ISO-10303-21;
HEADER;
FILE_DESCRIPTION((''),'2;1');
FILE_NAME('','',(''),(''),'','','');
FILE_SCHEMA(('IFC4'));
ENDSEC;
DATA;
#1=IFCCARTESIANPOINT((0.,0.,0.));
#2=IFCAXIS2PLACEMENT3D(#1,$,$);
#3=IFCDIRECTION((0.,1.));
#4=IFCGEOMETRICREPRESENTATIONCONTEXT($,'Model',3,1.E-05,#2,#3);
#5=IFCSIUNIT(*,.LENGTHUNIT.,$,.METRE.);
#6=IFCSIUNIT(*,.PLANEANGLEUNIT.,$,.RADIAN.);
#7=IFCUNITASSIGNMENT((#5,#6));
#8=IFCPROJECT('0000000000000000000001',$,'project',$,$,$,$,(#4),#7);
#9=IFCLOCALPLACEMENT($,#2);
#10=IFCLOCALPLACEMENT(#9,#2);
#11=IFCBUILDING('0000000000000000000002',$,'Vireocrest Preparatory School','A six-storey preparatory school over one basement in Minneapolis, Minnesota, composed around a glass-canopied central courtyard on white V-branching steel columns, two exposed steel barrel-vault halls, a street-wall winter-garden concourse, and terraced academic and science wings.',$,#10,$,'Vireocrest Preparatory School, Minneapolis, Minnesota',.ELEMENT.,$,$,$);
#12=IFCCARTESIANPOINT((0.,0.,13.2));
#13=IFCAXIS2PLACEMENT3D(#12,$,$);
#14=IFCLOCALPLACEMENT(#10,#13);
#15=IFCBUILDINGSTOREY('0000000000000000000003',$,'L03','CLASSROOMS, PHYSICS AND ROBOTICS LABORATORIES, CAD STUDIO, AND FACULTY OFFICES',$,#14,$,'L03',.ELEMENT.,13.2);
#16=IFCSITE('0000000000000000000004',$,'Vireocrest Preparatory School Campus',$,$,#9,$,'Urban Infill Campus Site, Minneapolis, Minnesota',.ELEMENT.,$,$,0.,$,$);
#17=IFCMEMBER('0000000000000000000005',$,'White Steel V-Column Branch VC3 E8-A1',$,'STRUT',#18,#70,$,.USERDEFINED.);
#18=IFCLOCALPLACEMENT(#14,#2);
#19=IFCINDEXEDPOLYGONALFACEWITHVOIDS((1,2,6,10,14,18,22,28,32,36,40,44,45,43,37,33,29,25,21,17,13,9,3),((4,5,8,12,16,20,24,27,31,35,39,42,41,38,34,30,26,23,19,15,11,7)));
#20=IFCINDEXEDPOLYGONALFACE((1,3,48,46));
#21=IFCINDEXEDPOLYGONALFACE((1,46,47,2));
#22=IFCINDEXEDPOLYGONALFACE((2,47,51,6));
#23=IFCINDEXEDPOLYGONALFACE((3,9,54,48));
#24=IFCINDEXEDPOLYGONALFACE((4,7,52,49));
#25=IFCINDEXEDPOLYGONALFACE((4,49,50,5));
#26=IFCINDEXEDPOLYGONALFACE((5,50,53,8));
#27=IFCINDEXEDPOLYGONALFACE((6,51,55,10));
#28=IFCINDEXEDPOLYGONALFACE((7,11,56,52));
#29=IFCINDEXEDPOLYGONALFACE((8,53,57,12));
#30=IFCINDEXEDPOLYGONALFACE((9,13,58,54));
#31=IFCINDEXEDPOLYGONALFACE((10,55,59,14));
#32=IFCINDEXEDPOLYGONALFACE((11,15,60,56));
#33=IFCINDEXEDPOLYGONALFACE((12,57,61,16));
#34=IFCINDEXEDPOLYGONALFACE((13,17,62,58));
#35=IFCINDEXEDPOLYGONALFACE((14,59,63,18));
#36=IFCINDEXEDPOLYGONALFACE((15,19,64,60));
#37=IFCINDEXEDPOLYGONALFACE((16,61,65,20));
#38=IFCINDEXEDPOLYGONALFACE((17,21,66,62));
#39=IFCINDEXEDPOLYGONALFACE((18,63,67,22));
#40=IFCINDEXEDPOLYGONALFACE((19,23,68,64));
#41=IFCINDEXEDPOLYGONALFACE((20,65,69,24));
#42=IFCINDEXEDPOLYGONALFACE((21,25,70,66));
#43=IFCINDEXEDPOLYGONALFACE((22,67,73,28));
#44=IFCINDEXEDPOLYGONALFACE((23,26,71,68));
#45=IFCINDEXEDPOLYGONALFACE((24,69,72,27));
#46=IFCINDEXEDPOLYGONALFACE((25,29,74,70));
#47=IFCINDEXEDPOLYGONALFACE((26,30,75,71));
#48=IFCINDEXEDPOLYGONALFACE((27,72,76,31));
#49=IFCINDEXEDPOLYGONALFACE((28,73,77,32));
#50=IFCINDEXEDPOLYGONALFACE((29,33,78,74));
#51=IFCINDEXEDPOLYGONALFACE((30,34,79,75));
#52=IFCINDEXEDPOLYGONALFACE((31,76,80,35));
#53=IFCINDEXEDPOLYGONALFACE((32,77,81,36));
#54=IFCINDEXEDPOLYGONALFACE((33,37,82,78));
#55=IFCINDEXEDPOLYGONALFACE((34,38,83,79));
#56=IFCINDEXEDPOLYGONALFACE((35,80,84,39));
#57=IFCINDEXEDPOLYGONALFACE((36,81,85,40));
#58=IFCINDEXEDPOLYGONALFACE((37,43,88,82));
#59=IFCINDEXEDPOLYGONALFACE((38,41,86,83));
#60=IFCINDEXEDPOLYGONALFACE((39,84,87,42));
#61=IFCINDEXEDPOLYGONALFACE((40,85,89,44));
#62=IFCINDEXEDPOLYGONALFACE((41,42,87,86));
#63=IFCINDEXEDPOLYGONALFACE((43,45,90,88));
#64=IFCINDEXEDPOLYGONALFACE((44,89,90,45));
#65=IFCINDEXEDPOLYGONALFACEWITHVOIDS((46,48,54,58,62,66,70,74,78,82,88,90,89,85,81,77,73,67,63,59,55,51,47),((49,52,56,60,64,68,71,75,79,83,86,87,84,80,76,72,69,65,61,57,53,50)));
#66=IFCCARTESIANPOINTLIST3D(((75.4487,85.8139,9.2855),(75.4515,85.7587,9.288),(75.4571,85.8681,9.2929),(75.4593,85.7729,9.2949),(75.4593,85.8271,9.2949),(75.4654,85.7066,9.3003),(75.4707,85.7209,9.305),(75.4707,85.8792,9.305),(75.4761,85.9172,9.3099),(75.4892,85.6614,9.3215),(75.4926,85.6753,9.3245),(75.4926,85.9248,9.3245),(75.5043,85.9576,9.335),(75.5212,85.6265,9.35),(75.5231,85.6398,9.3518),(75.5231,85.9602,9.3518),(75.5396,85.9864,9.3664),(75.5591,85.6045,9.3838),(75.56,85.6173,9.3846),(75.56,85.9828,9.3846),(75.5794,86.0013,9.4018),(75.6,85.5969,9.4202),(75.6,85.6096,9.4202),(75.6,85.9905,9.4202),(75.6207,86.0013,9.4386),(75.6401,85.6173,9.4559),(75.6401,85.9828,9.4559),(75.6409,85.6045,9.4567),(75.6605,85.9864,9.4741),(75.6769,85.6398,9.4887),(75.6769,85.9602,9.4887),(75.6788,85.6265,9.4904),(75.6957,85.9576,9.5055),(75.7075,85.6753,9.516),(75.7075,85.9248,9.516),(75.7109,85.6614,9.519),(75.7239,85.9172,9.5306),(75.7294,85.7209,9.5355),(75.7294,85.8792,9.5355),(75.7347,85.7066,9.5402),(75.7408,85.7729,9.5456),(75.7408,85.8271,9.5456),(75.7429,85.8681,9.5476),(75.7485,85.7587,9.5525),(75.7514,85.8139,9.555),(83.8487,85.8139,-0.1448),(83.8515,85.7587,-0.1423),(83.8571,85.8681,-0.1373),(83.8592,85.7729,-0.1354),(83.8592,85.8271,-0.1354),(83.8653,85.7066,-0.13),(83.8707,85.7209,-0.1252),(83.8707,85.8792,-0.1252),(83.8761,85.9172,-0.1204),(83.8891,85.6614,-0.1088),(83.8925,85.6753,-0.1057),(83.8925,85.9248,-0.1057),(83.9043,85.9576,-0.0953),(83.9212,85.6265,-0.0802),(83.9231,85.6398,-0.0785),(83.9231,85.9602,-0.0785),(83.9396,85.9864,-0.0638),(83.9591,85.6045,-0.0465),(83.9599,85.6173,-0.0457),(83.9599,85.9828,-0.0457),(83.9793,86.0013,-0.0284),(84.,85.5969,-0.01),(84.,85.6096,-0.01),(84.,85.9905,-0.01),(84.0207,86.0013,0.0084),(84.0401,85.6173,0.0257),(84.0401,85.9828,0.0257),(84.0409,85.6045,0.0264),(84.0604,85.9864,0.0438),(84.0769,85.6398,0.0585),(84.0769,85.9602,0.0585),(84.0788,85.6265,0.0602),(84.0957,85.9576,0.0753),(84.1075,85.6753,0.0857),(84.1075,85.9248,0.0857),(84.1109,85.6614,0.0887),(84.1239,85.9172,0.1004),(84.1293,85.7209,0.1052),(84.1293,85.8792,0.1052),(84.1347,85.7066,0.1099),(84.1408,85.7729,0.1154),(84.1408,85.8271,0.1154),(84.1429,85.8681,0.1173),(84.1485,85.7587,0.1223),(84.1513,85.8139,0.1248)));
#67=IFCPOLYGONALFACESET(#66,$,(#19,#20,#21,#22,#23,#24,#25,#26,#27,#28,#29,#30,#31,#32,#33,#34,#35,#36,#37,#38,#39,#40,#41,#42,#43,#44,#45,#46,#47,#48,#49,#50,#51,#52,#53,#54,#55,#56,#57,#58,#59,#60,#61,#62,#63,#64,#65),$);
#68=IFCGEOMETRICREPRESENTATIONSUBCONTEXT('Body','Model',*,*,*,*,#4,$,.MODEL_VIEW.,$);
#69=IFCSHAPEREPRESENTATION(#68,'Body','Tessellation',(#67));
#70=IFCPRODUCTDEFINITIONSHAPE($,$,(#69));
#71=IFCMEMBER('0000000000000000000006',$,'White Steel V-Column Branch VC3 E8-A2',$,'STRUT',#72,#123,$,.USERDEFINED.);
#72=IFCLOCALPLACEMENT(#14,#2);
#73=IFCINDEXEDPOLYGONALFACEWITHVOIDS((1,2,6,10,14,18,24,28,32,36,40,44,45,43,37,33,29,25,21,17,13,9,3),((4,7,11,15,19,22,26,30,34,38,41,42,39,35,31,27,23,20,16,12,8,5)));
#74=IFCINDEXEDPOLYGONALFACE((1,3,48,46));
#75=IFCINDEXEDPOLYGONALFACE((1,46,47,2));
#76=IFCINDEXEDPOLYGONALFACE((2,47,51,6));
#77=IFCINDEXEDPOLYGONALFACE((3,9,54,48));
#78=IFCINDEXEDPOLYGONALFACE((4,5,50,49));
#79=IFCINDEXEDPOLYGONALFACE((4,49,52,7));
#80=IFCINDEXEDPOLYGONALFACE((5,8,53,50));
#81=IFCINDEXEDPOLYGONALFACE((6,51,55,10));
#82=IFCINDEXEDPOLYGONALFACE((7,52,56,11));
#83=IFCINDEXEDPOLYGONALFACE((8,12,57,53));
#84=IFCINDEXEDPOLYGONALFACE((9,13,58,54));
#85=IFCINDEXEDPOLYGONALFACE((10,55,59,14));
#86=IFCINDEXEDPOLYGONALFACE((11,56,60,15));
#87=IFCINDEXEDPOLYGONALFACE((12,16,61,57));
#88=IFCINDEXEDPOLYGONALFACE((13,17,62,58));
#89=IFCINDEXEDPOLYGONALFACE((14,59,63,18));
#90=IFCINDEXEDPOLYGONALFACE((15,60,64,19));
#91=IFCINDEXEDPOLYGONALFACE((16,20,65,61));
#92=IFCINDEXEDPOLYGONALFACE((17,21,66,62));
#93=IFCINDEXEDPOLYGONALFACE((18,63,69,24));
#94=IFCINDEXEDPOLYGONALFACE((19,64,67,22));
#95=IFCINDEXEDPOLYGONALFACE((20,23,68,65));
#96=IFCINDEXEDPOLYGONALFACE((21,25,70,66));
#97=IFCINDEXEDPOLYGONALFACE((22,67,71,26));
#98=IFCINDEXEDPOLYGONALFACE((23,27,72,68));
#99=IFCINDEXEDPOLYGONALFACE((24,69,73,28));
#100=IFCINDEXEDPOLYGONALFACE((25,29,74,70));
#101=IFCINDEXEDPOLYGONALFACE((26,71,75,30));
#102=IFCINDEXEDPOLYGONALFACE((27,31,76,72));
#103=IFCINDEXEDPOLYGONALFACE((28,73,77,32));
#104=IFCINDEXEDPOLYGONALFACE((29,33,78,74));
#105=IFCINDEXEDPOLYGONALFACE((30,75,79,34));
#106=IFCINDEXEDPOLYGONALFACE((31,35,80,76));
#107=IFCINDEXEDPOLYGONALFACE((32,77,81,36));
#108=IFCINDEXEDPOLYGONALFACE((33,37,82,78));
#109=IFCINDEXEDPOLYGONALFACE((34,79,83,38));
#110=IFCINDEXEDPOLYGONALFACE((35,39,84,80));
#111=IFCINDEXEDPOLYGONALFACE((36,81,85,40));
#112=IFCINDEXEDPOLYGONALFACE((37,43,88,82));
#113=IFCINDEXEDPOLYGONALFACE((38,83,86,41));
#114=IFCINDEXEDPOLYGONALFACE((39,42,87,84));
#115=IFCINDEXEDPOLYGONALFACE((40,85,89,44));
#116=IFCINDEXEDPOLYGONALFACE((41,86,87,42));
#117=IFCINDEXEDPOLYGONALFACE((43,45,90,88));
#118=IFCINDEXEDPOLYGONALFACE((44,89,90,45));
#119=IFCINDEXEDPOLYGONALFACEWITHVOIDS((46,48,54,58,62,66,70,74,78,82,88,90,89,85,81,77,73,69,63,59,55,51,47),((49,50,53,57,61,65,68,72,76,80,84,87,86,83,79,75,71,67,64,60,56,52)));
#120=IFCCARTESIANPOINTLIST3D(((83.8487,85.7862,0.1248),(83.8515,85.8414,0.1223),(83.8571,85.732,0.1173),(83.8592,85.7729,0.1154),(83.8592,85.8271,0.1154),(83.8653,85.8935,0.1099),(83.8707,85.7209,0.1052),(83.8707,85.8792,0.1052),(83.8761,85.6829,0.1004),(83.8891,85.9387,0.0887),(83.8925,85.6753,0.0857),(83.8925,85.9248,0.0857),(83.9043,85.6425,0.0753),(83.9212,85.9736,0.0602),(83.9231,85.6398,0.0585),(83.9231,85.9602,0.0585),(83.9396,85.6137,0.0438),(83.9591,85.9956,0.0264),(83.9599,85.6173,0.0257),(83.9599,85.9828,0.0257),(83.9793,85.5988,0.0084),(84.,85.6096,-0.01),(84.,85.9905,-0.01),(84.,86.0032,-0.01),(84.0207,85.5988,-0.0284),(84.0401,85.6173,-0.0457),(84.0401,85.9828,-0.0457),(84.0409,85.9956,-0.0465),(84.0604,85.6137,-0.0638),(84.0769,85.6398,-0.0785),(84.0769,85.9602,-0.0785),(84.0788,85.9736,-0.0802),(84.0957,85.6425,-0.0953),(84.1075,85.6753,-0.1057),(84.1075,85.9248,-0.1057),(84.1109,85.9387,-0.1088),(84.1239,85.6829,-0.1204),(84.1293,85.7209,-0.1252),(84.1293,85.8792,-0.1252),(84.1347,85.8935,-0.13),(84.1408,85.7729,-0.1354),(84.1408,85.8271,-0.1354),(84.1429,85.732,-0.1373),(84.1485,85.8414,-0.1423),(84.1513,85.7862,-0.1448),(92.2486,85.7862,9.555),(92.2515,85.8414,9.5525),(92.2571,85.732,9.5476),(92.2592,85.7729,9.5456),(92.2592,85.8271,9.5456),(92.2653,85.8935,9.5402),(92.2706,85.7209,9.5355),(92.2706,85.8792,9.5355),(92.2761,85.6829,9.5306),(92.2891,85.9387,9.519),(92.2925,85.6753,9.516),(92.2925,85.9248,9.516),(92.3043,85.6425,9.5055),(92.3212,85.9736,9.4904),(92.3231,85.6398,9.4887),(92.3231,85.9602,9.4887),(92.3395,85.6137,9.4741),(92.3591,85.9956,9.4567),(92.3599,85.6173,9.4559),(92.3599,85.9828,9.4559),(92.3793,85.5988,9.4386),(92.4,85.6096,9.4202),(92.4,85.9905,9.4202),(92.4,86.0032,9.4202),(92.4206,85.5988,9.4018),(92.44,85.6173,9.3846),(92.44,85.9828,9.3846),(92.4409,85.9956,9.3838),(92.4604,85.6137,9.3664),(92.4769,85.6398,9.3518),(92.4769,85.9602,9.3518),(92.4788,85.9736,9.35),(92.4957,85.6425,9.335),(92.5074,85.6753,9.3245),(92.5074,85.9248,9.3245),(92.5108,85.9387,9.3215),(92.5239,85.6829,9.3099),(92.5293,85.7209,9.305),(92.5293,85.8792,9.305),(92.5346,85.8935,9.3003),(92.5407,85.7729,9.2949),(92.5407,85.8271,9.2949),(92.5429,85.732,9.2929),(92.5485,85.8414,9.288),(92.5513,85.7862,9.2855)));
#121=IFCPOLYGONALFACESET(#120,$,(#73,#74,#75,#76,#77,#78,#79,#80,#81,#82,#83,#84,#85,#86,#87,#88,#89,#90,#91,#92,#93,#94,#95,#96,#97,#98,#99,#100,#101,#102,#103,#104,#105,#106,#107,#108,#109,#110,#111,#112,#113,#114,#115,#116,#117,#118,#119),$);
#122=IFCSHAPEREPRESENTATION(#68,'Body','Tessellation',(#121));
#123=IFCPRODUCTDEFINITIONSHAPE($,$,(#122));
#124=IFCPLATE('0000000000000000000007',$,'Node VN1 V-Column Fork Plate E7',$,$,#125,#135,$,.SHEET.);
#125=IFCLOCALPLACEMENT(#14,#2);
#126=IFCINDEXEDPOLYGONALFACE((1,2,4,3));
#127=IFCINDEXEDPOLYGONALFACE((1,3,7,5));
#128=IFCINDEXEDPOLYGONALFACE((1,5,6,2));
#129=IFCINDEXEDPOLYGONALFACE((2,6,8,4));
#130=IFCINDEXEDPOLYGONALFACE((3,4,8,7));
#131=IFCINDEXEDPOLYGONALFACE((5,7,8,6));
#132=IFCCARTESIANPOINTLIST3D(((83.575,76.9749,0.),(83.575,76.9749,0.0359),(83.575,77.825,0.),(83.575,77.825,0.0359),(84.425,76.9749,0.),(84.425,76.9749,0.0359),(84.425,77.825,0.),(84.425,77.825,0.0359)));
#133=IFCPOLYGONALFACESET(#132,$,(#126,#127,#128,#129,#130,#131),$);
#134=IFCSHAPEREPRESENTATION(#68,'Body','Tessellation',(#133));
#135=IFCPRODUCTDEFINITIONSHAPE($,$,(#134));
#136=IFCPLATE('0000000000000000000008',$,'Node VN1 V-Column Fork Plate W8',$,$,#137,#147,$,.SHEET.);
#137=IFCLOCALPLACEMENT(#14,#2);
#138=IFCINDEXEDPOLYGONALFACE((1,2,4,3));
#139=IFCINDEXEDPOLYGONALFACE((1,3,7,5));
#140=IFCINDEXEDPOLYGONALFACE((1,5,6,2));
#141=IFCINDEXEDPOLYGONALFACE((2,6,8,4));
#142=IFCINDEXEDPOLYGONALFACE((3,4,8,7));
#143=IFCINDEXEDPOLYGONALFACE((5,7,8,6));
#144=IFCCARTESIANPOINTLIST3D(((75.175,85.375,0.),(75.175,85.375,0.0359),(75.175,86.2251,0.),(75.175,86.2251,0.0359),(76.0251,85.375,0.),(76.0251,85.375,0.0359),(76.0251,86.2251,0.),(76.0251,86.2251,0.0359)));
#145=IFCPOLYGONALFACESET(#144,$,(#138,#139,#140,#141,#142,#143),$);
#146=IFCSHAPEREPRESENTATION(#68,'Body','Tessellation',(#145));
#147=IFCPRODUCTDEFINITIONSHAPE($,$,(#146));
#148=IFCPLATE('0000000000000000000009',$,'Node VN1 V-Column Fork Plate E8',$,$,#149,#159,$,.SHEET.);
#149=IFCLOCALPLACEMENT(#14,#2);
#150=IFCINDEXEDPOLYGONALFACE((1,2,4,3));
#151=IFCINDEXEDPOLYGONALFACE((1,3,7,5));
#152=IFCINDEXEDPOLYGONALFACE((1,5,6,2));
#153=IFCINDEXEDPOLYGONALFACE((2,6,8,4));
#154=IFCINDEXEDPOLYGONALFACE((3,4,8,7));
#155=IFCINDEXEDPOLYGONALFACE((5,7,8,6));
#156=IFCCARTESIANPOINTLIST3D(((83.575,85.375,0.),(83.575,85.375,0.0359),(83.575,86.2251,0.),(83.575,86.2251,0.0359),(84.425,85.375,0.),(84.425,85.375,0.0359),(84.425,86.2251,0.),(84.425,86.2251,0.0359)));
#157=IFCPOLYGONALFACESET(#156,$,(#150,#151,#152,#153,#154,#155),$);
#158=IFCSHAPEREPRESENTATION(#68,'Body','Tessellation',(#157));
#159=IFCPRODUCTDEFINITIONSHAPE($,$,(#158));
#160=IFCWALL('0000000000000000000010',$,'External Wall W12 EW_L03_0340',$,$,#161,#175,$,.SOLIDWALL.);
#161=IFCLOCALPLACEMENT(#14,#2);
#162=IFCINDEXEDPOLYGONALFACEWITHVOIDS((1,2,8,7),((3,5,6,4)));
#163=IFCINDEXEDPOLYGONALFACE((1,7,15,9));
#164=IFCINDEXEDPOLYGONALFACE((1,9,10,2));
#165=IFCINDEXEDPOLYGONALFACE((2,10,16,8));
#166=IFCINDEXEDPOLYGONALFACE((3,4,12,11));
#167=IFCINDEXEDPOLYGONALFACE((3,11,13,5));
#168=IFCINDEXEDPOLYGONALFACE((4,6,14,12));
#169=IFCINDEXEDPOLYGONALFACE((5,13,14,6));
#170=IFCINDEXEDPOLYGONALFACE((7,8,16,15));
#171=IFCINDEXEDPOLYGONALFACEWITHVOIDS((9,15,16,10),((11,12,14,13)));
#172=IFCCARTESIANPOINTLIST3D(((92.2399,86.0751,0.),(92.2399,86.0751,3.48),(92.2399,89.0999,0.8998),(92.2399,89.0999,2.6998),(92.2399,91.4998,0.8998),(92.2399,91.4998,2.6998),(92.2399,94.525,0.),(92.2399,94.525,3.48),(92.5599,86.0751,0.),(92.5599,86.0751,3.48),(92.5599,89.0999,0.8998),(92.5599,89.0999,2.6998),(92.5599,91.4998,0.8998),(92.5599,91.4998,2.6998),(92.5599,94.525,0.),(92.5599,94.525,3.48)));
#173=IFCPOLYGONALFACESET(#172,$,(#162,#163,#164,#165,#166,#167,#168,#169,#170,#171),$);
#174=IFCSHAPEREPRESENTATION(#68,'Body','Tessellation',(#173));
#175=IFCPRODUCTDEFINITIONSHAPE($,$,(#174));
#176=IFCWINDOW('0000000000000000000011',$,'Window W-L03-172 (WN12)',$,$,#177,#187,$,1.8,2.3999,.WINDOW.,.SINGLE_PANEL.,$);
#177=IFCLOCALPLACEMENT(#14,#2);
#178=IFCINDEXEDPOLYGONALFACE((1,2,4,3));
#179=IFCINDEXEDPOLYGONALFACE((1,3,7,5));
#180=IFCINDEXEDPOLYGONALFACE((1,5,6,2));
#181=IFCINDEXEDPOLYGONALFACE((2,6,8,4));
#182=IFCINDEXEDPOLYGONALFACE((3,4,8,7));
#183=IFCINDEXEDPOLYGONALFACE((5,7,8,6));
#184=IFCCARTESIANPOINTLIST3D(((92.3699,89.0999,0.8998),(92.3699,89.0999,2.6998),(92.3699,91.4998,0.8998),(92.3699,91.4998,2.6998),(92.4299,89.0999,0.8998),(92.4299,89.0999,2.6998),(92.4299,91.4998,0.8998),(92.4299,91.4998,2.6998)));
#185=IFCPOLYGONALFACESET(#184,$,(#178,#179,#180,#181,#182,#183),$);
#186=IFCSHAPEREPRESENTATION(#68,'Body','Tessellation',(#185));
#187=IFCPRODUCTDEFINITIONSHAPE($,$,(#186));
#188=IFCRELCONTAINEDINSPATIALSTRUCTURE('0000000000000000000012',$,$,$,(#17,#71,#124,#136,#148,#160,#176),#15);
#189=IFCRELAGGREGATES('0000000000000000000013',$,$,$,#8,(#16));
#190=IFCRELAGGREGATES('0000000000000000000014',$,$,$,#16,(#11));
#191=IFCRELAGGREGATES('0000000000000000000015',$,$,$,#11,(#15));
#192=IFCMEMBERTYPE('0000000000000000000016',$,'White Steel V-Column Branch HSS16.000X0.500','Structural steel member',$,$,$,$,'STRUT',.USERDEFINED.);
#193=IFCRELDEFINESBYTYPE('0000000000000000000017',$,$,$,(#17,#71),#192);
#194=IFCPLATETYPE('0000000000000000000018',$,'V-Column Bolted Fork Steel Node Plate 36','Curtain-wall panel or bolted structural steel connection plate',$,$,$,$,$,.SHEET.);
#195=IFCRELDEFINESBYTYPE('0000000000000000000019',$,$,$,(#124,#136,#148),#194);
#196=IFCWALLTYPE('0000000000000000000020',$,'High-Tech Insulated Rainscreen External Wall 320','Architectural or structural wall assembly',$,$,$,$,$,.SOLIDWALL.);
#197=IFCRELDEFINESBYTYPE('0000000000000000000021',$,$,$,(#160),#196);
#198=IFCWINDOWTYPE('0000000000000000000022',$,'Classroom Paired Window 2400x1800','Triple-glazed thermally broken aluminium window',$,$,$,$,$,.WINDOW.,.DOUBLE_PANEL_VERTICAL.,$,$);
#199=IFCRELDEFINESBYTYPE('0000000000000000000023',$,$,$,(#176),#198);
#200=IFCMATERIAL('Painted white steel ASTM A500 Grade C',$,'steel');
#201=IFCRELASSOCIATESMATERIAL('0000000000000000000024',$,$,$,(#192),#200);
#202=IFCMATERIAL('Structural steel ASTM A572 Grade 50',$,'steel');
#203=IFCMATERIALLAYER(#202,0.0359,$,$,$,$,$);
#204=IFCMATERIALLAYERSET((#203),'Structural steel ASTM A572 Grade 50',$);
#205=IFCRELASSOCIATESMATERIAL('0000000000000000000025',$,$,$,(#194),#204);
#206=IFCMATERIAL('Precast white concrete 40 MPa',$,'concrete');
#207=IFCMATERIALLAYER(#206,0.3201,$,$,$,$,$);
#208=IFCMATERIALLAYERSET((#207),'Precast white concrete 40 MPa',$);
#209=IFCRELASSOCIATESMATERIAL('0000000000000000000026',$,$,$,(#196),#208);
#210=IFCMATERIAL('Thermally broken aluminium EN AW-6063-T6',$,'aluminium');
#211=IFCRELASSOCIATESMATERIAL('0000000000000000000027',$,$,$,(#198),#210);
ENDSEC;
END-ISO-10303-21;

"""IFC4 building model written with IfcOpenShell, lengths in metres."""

from ifc_helpers import new_model, si_unit, direction, frame, frame_2d, origin, origin_2d, place, context, subcontext, project, spatial, rectangle, hollow_circle, extrude, material, layer, layer_set, material_profile, profile_set, type_object, element, fill, save


model = new_model("IFC4")

# Units and contexts
model_context = context("Model", 3, precision=1e-05, world=origin(), true_north=direction((0.0, 1.0)))
body_context = subcontext(model_context, "Body", "Model", "MODEL_VIEW")
ifc_project = project(units=[si_unit("LENGTHUNIT", "METRE"), si_unit("PLANEANGLEUNIT", "RADIAN")], contexts=[model_context])

# Site, building, storey
site_placement = place(None, origin())
site = spatial("IfcSite", under=ifc_project, at=site_placement, Name="Vireocrest Preparatory School Campus", LongName="Urban Infill Campus Site, Minneapolis, Minnesota", CompositionType="ELEMENT", RefElevation=0.0)
building_placement = place(site_placement, origin())
building = spatial("IfcBuilding", under=site, at=building_placement, Name="Vireocrest Preparatory School", Description="A six-storey preparatory school over one basement in Minneapolis, Minnesota, composed around a glass-canopied central courtyard on white V-branching steel columns, two exposed steel barrel-vault halls, a street-wall winter-garden concourse, and terraced academic and science wings.", LongName="Vireocrest Preparatory School, Minneapolis, Minnesota", CompositionType="ELEMENT")
storey_placement = place(building_placement, frame((0.0, 0.0, 13.2)))
storey = spatial("IfcBuildingStorey", under=building, at=storey_placement, Name="L03", Description="CLASSROOMS, PHYSICS AND ROBOTICS LABORATORIES, CAD STUDIO, AND FACULTY OFFICES", LongName="L03", CompositionType="ELEMENT", Elevation=13.2)

# Members
ifc_material_1 = material(Name="Painted white steel ASTM A500 Grade C", Category="steel")
ifc_material_profile_1 = material_profile(ifc_material_1, hollow_circle(Radius=0.2031, WallThickness=0.0127, at=origin_2d()), Name="HSS16.000X0.500")
ifc_profile_set_1 = profile_set([ifc_material_profile_1], Name="Painted white steel ASTM A500 Grade C")
member_type_1 = type_object("IfcMemberType", Name="White Steel V-Column Branch HSS16.000X0.500", Description="Structural steel member", ElementType="STRUT", PredefinedType="USERDEFINED", material=ifc_profile_set_1)
for number, where, z_axis, x_axis, name in (
    (1, (84.0, 85.8, -0.01), (-0.665139, 0.0, 0.74672), (0.0, -1.0, 0.0), "White Steel V-Column Branch VC3 E8-A1"),
    (2, (84.0, 85.8, -0.01), (0.665139, 0.0, 0.74672), (0.0, 1.0, 0.0), "White Steel V-Column Branch VC3 E8-A2"),
):
    element("IfcMember", number, at=place(storey_placement, frame(where, z_axis=z_axis, x_axis=x_axis)), inside=storey, type_object=member_type_1, Name=name, ObjectType="STRUT", PredefinedType="USERDEFINED", context=body_context, shape_type="SweptSolid", body=[
        extrude(hollow_circle(Radius=0.2031, WallThickness=0.0127, at=origin_2d()), origin(), (0.0, 0.0, 1.0), 12.6289),
    ])

# Plates
ifc_material_2 = material(Name="Structural steel ASTM A572 Grade 50", Category="steel")
ifc_layer_1 = layer(ifc_material_2, 0.0359)
ifc_layer_set_1 = layer_set([ifc_layer_1], Name="Structural steel ASTM A572 Grade 50")
plate_type = type_object("IfcPlateType", Name="V-Column Bolted Fork Steel Node Plate 36", Description="Curtain-wall panel or bolted structural steel connection plate", PredefinedType="SHEET", material=ifc_layer_set_1)
for number, where, z_axis, x_axis, name in (
    (3, (84.0, 77.3999, 0.0), (0.0, 0.0, 1.0), (1.0, 0.0, 0.0), "Node VN1 V-Column Fork Plate E7"),
    (4, (75.6001, 85.8, 0.0), (0.0, 0.0, 1.0), (1.0, 0.0, 0.0), "Node VN1 V-Column Fork Plate W8"),
    (5, (84.0, 85.8, 0.0), (0.0, 0.0, 1.0), (1.0, 0.0, 0.0), "Node VN1 V-Column Fork Plate E8"),
):
    element("IfcPlate", number, at=place(storey_placement, frame(where, z_axis=z_axis, x_axis=x_axis)), inside=storey, type_object=plate_type, Name=name, PredefinedType="SHEET", context=body_context, shape_type="SweptSolid", body=[
        extrude(rectangle(XDim=0.8501, YDim=0.8501, at=origin_2d()), origin(), (0.0, 0.0, 1.0), 0.0359),
    ])

# Wall, opening, window
ifc_material_3 = material(Name="Precast white concrete 40 MPa", Category="concrete")
ifc_layer_2 = layer(ifc_material_3, 0.3201)
ifc_layer_set_2 = layer_set([ifc_layer_2], Name="Precast white concrete 40 MPa")
wall_type = type_object("IfcWallType", Name="High-Tech Insulated Rainscreen External Wall 320", Description="Architectural or structural wall assembly", PredefinedType="SOLIDWALL", material=ifc_layer_set_2)
wall_placement = place(storey_placement, frame((92.3999, 86.075, 0.0), z_axis=(0.0, 0.0, 1.0), x_axis=(0.0, 1.0, 0.0)))
wall = element("IfcWall", 6, at=wall_placement, inside=storey, type_object=wall_type, Name="External Wall W12 EW_L03_0340", PredefinedType="SOLIDWALL", context=body_context, shape_type="SweptSolid", body=[
    extrude(rectangle(XDim=8.45, YDim=0.3201, at=frame_2d((4.2251, 0.0))), origin(), (0.0, 0.0, 1.0), 3.48),
])
opening_placement = place(wall_placement, frame((3.0249, 0.0, 0.8999)))
opening = element("IfcOpeningElement", 7, at=opening_placement, cuts=wall, PredefinedType="OPENING", context=body_context, shape_type="SweptSolid", body=[
    extrude(rectangle(XDim=2.3999, YDim=1.8, at=frame_2d((1.2, 0.8999))), frame((0.0, 0.1699, 0.0), z_axis=(0.0, -1.0, 0.0), x_axis=(1.0, 0.0, 0.0)), (0.0, 0.0, 1.0), 0.3401),
])
ifc_material_4 = material(Name="Thermally broken aluminium EN AW-6063-T6", Category="aluminium")
window_type = type_object("IfcWindowType", Name="Classroom Paired Window 2400x1800", Description="Triple-glazed thermally broken aluminium window", PartitioningType="DOUBLE_PANEL_VERTICAL", PredefinedType="WINDOW", material=ifc_material_4)
window_placement = place(opening_placement, origin())
window = element("IfcWindow", 8, at=window_placement, inside=storey, type_object=window_type, Name="Window W-L03-172 (WN12)", OverallHeight=1.8, OverallWidth=2.3999, PartitioningType="SINGLE_PANEL", PredefinedType="WINDOW", context=body_context, shape_type="SweptSolid", body=[
    extrude(rectangle(XDim=2.3999, YDim=1.8, at=frame_2d((1.2, 0.8999))), frame((0.0, 0.03, 0.0), z_axis=(0.0, -1.0, 0.0), x_axis=(1.0, 0.0, 0.0)), (0.0, 0.0, 1.0), 0.0601),
])
fill(opening, window)

save(model, "model.ifc")
